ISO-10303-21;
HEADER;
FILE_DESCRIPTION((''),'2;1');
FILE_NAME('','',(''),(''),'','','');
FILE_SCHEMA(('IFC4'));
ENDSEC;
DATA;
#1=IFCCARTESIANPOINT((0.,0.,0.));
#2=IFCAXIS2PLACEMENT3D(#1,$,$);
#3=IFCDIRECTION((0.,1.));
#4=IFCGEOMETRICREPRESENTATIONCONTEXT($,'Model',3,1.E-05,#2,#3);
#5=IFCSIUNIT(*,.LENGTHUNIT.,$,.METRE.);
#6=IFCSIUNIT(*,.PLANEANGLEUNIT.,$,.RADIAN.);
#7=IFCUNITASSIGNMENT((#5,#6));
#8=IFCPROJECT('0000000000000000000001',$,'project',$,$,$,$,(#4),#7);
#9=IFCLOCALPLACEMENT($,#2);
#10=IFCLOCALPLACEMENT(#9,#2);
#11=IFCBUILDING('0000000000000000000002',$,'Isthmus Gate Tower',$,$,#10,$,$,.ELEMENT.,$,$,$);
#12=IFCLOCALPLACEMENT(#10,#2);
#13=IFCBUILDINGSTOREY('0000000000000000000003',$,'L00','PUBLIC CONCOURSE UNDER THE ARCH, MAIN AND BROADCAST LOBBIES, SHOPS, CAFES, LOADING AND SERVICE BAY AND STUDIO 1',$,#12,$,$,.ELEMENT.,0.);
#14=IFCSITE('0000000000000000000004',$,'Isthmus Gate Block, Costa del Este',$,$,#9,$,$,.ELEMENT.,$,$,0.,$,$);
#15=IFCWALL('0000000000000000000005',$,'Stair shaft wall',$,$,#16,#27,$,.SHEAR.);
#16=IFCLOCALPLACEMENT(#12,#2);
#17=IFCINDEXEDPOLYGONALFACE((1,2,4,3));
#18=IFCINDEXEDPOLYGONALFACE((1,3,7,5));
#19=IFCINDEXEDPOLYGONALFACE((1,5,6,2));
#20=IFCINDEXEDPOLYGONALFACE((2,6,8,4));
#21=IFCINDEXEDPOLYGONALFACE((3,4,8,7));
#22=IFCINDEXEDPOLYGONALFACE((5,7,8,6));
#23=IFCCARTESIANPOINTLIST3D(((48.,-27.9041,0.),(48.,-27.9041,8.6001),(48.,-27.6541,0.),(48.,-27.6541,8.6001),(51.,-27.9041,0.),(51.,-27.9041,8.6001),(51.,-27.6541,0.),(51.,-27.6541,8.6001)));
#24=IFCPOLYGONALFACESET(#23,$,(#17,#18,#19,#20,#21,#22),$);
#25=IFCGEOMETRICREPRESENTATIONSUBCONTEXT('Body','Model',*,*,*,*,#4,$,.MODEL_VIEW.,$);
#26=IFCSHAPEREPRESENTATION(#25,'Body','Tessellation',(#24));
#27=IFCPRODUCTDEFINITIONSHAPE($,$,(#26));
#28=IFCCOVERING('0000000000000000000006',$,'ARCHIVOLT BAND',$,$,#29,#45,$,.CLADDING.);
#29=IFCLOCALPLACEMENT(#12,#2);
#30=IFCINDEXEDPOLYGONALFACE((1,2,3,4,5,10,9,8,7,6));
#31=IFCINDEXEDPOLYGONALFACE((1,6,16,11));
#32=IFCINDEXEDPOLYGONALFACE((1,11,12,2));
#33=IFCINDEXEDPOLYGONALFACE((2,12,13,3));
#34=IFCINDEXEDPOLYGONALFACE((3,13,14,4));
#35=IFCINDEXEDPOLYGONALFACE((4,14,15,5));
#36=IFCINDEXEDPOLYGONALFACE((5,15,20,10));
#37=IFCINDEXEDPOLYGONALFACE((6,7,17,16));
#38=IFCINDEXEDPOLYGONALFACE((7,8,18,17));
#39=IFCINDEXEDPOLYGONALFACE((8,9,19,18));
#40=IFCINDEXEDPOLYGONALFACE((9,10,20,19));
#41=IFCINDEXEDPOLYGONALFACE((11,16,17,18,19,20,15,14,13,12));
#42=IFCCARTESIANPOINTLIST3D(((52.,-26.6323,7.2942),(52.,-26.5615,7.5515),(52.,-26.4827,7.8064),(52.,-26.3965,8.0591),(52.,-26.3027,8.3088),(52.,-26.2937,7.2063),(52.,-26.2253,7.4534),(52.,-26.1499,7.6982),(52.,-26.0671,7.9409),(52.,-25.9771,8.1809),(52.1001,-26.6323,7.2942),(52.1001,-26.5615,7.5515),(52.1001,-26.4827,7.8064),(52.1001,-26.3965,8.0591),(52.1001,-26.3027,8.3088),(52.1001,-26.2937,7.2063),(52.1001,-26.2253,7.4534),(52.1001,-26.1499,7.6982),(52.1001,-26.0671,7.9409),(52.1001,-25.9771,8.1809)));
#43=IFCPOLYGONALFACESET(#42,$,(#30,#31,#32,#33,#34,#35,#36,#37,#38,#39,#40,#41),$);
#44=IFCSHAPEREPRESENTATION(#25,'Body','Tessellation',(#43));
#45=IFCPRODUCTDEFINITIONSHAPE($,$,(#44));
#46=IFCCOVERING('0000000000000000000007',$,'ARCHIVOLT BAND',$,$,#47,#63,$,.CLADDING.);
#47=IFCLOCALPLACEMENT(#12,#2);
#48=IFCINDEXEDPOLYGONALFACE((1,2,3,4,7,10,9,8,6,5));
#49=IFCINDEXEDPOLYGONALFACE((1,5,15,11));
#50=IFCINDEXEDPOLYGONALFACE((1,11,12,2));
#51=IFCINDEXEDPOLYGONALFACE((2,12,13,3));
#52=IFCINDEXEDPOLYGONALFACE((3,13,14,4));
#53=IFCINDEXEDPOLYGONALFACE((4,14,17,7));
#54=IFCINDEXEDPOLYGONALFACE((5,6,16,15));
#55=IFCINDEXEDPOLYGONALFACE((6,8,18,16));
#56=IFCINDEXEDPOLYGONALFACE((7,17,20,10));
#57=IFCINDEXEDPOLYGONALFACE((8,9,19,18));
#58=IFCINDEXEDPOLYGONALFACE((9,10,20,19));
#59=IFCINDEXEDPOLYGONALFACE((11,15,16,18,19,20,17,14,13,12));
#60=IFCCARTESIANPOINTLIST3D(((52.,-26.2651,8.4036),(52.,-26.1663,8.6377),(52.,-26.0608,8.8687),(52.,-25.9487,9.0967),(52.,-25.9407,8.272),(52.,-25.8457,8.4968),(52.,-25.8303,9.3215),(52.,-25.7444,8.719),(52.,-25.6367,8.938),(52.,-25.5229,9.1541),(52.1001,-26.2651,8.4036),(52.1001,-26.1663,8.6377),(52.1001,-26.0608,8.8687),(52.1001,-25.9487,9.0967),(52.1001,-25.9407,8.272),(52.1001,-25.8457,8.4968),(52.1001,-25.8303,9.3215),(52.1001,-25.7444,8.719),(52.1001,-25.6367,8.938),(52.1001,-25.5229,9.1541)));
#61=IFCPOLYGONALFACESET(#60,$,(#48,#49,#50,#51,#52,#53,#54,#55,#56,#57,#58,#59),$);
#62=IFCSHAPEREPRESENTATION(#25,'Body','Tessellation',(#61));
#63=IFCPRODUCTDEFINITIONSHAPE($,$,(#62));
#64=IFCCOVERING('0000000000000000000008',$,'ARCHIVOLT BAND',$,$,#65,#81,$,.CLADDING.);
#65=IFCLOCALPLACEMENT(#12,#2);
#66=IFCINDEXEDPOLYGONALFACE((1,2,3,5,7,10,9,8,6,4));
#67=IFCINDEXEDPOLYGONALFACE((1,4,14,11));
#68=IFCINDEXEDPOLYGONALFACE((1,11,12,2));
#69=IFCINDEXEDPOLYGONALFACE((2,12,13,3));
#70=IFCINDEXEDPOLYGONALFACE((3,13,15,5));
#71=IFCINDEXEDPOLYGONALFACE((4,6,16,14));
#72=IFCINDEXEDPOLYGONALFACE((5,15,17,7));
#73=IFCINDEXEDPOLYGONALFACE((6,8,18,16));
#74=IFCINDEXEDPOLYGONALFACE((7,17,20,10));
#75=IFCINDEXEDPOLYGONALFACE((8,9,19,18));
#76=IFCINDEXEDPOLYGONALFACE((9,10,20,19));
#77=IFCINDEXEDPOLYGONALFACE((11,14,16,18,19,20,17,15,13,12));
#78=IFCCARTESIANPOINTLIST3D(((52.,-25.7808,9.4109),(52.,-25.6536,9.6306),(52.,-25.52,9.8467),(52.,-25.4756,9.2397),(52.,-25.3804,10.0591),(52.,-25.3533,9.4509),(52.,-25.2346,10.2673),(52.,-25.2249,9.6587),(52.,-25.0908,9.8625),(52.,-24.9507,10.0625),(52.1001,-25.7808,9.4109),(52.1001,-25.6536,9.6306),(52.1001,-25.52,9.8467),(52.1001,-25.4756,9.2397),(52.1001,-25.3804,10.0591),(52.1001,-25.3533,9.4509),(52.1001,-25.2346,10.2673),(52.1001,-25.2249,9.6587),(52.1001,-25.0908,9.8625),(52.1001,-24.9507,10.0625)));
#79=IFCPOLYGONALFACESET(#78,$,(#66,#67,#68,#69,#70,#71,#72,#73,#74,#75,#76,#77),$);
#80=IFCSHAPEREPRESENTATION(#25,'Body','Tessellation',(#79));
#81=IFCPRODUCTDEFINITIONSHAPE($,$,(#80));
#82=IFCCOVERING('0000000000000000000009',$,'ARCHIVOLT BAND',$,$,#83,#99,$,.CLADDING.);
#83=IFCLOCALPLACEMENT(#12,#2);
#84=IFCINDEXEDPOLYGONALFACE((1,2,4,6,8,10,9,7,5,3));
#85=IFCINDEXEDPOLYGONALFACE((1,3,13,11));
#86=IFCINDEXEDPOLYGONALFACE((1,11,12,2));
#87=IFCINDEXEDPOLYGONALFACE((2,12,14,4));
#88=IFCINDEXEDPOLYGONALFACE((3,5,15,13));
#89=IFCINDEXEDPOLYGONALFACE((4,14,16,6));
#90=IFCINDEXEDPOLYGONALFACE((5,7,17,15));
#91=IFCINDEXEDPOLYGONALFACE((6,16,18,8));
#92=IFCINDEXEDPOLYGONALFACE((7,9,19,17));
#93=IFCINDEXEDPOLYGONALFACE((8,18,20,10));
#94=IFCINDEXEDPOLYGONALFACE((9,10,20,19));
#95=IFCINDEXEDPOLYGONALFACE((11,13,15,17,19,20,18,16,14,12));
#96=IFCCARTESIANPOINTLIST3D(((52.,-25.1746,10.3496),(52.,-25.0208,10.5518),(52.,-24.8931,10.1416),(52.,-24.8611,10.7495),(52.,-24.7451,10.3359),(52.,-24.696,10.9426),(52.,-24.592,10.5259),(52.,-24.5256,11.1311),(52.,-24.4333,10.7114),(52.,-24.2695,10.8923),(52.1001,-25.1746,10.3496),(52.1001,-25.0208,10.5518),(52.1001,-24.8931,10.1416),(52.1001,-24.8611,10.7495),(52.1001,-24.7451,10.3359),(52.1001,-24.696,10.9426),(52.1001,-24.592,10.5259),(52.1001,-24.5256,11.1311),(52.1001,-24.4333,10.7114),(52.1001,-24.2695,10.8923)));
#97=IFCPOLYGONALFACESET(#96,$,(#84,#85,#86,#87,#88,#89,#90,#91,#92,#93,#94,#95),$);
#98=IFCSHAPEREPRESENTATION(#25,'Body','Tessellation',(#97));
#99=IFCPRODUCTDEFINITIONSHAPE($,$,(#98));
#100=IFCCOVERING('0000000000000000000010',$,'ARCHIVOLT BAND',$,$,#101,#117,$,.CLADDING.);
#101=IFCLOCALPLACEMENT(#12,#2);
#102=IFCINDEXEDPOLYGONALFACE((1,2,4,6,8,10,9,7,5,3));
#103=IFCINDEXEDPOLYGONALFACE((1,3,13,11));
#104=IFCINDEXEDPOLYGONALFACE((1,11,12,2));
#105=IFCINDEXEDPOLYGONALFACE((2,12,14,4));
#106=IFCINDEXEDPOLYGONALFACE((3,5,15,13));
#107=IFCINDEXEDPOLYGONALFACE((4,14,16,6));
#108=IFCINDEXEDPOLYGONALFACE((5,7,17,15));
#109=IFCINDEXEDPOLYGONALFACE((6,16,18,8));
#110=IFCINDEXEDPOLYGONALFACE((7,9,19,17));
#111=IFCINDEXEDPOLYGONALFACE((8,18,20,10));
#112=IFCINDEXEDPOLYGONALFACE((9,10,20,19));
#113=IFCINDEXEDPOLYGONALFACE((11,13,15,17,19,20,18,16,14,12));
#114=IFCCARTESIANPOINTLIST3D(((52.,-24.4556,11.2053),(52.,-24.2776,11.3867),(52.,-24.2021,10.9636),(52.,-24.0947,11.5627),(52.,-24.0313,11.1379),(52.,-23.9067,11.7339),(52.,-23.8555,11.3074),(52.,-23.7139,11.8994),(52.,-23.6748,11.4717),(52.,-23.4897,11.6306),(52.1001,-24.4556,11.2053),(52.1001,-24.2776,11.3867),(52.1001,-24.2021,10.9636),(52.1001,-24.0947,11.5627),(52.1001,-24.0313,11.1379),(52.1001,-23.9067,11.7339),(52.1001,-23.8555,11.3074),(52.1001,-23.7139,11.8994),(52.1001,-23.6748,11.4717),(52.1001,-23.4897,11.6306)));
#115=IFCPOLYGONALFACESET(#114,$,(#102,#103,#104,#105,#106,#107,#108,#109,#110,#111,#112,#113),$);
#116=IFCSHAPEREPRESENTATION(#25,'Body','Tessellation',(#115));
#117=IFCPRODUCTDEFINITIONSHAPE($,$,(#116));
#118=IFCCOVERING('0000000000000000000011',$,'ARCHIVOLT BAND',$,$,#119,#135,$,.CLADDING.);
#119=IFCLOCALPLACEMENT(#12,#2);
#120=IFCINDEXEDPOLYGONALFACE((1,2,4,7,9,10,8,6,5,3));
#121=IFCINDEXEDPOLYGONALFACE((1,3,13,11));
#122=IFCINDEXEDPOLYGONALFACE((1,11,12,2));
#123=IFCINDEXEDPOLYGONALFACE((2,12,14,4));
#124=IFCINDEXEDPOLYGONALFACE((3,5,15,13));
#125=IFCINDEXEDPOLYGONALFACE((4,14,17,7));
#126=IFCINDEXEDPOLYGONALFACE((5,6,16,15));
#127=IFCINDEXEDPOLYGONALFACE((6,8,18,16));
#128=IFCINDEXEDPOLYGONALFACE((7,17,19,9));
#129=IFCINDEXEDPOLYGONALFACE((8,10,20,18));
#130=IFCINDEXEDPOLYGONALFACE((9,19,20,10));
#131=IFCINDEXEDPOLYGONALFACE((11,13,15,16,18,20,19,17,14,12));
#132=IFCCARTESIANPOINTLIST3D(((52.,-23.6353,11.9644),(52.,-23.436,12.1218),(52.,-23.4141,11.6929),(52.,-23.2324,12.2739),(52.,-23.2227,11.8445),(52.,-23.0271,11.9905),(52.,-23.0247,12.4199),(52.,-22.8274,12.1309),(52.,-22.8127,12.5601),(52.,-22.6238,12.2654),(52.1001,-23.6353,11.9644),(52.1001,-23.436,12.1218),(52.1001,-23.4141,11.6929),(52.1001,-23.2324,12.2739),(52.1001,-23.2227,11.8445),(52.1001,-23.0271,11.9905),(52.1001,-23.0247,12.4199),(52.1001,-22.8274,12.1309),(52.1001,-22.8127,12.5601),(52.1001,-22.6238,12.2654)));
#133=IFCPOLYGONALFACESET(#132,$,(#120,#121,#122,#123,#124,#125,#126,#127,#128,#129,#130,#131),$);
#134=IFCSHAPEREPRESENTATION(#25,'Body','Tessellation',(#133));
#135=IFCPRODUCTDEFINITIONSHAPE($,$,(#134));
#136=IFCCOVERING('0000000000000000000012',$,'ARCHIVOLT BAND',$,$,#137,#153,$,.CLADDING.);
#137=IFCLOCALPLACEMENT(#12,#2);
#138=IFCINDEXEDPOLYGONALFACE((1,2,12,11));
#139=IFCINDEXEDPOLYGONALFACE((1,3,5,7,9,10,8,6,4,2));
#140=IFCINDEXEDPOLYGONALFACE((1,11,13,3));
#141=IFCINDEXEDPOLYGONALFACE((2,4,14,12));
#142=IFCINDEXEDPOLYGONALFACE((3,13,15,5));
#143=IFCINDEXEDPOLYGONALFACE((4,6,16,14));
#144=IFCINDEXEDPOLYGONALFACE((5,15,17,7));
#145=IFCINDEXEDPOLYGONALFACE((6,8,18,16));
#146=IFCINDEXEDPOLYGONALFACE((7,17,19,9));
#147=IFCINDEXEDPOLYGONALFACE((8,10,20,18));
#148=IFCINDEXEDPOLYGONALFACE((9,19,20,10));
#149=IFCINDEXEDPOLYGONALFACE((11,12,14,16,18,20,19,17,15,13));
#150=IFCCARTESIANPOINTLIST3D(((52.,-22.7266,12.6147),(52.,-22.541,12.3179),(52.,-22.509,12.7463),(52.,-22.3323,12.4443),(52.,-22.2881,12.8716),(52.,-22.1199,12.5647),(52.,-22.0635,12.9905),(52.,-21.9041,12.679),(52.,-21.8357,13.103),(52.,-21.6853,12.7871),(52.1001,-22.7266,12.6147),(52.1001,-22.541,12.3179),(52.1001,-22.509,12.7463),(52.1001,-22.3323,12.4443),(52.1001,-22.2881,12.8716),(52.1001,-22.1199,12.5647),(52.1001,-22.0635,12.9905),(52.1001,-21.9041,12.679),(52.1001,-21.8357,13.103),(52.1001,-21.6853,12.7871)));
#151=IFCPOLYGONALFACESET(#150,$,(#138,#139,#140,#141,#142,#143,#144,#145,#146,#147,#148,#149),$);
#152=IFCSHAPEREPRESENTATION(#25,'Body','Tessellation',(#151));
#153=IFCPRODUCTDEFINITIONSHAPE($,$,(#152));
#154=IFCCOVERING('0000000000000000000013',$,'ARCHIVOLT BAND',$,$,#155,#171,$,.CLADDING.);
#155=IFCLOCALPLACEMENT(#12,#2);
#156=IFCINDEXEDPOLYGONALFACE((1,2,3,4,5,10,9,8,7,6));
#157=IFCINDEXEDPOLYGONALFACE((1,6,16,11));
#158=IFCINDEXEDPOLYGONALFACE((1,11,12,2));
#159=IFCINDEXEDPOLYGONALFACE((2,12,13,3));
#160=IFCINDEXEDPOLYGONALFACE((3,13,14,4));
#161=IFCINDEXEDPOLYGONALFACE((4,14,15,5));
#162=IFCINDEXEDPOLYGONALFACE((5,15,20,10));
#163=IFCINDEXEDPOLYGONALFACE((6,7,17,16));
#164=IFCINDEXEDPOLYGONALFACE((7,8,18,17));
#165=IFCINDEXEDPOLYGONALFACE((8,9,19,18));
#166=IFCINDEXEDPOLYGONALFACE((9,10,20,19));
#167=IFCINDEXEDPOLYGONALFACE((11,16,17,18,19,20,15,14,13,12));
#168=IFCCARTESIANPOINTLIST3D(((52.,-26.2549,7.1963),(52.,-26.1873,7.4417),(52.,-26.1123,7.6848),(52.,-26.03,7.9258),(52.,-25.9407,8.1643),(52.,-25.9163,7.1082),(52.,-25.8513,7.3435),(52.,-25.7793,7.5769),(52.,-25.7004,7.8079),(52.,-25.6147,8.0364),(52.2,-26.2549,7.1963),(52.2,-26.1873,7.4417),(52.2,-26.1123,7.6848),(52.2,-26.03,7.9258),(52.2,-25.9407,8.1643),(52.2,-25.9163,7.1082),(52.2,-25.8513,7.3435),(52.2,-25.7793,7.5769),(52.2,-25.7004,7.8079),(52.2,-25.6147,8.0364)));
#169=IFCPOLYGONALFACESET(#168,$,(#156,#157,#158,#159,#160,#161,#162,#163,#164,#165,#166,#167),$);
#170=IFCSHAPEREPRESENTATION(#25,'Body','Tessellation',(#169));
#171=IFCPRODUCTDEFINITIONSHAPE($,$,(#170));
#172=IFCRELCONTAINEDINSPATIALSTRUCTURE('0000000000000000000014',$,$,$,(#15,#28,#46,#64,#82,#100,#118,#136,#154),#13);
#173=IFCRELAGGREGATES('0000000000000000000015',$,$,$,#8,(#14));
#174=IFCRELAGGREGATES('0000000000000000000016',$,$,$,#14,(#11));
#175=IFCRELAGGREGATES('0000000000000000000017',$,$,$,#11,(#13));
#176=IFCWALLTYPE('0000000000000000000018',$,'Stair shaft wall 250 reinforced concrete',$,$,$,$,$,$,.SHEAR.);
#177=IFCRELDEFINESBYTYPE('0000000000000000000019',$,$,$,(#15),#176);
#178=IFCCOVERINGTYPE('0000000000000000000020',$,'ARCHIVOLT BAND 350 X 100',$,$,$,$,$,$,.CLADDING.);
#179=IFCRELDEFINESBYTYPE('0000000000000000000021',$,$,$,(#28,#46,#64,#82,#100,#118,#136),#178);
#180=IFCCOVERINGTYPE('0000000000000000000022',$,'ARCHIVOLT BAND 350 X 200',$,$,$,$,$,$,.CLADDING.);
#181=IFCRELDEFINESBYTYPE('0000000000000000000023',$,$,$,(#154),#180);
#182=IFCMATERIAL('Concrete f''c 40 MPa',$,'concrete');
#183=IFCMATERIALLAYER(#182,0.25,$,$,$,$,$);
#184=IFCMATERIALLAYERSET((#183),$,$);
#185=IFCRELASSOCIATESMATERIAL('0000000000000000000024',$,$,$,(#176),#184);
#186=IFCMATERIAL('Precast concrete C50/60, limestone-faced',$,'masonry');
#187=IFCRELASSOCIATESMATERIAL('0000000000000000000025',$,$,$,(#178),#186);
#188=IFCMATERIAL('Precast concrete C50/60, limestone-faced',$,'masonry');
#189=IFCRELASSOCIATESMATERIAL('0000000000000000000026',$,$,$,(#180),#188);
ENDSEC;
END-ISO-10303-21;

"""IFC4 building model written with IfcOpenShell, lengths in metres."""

from ifc_helpers import new_model, si_unit, direction, frame, frame_2d, origin, place, context, subcontext, project, spatial, polyline, rectangle, outline, extrude, material, layer, layer_set, type_object, element, save


model = new_model("IFC4")

# Units and contexts
model_context = context("Model", 3, precision=1e-05, world=origin(), true_north=direction((0.0, 1.0)))
body_context = subcontext(model_context, "Body", "Model", "MODEL_VIEW")
ifc_project = project(units=[si_unit("LENGTHUNIT", "METRE"), si_unit("PLANEANGLEUNIT", "RADIAN")], contexts=[model_context])

# Site, building, storey
site_placement = place(None, origin())
site = spatial("IfcSite", under=ifc_project, at=site_placement, Name="Isthmus Gate Block, Costa del Este", CompositionType="ELEMENT", RefElevation=0.0)
building_placement = place(site_placement, origin())
building = spatial("IfcBuilding", under=site, at=building_placement, Name="Isthmus Gate Tower", CompositionType="ELEMENT")
storey_placement = place(building_placement, origin())
storey = spatial("IfcBuildingStorey", under=building, at=storey_placement, Name="L00", Description="PUBLIC CONCOURSE UNDER THE ARCH, MAIN AND BROADCAST LOBBIES, SHOPS, CAFES, LOADING AND SERVICE BAY AND STUDIO 1", CompositionType="ELEMENT", Elevation=0.0)

# Wall
ifc_material_1 = material(Name="Concrete f'c 40 MPa", Category="concrete")
ifc_layer_1 = layer(ifc_material_1, 0.25)
ifc_layer_set_1 = layer_set([ifc_layer_1])
wall_type = type_object("IfcWallType", Name="Stair shaft wall 250 reinforced concrete", PredefinedType="SHEAR", material=ifc_layer_set_1)
wall_placement = place(storey_placement, frame((48.0, -27.7791, 0.0), z_axis=(0.0, 0.0, 1.0), x_axis=(1.0, 0.0, 0.0)))
element("IfcWall", 1, at=wall_placement, inside=storey, type_object=wall_type, Name="Stair shaft wall", PredefinedType="SHEAR", context=body_context, shape_type="SweptSolid", body=[
    extrude(rectangle(XDim=3.0, YDim=0.25, at=frame_2d((1.5, 0.0))), origin(), (0.0, 0.0, 1.0), 8.6001),
])

# Coverings
ifc_material_2 = material(Name="Precast concrete C50/60, limestone-faced", Category="masonry")
covering_type_1 = type_object("IfcCoveringType", Name="ARCHIVOLT BAND 350 X 100", PredefinedType="CLADDING", material=ifc_material_2)
covering_1_placement = place(storey_placement, frame((52.1001, -26.2937, 7.2063), z_axis=(1.0, 0.0, 0.0), x_axis=(0.0, 0.266661, 0.96379)))
element("IfcCovering", 2, at=covering_1_placement, inside=storey, type_object=covering_type_1, Name="ARCHIVOLT BAND", PredefinedType="CLADDING", context=body_context, shape_type="SweptSolid", body=[
    extrude(outline(polyline([(0.0, 0.0), (0.2564, 0.0), (0.5125, -0.0074), (0.7684, -0.0225), (1.0238, -0.0453), (1.0602, 0.3027), (0.7945, 0.3265), (0.528, 0.3421), (0.2613, 0.3502), (-0.0056, 0.3498), (0.0, 0.0)])), origin(), (0.0, 0.0, -1.0), 0.1001),
])
covering_2_placement = place(storey_placement, frame((52.1001, -25.9407, 8.272), z_axis=(1.0, 0.0, 0.0), x_axis=(0.0, 0.389085, 0.921202)))
element("IfcCovering", 3, at=covering_2_placement, inside=storey, type_object=covering_type_1, Name="ARCHIVOLT BAND", PredefinedType="CLADDING", context=body_context, shape_type="SweptSolid", body=[
    extrude(outline(polyline([(0.0, 0.0), (0.2441, 0.0), (0.4882, -0.0069), (0.7318, -0.0209), (0.9751, -0.0416), (1.0098, 0.3067), (0.7566, 0.3283), (0.5029, 0.3428), (0.2491, 0.3501), (-0.005, 0.3501), (0.0, 0.0)])), origin(), (0.0, 0.0, -1.0), 0.1001),
])
covering_3_placement = place(storey_placement, frame((52.1001, -25.4756, 9.2397), z_axis=(1.0, 0.0, 0.0), x_axis=(0.0, 0.501194, 0.865335)))
element("IfcCovering", 4, at=covering_3_placement, inside=storey, type_object=covering_type_1, Name="ARCHIVOLT BAND", PredefinedType="CLADDING", context=body_context, shape_type="SweptSolid", body=[
    extrude(outline(polyline([(0.0, 0.0), (0.244, 0.0), (0.4882, -0.007), (0.7318, -0.0208), (0.975, -0.0419), (1.01, 0.3065), (0.7567, 0.3283), (0.5029, 0.3426), (0.249, 0.3499), (-0.0049, 0.3499), (0.0, 0.0)])), origin(), (0.0, 0.0, -1.0), 0.1001),
])
covering_4_placement = place(storey_placement, frame((52.1001, -24.8931, 10.1416), z_axis=(1.0, 0.0, 0.0), x_axis=(0.0, 0.605742, 0.795661)))
element("IfcCovering", 5, at=covering_4_placement, inside=storey, type_object=covering_type_1, Name="ARCHIVOLT BAND", PredefinedType="CLADDING", context=body_context, shape_type="SweptSolid", body=[
    extrude(outline(polyline([(0.0, 0.0), (0.2442, 0.0), (0.4881, -0.0067), (0.7319, -0.0206), (0.975, -0.0414), (1.0099, 0.307), (0.7567, 0.3285), (0.5031, 0.3428), (0.249, 0.35), (-0.005, 0.35), (0.0, 0.0)])), origin(), (0.0, 0.0, -1.0), 0.1001),
])
covering_5_placement = place(storey_placement, frame((52.1001, -24.2021, 10.9636), z_axis=(1.0, 0.0, 0.0), x_axis=(0.0, 0.700071, 0.714073)))
element("IfcCovering", 6, at=covering_5_placement, inside=storey, type_object=covering_type_1, Name="ARCHIVOLT BAND", PredefinedType="CLADDING", context=body_context, shape_type="SweptSolid", body=[
    extrude(outline(polyline([(0.0, 0.0), (0.2441, 0.0), (0.4882, -0.0069), (0.732, -0.0209), (0.975, -0.0418), (1.0101, 0.3065), (0.7568, 0.3283), (0.503, 0.3427), (0.2493, 0.3501), (-0.0048, 0.3502), (0.0, 0.0)])), origin(), (0.0, 0.0, -1.0), 0.1001),
])
covering_6_placement = place(storey_placement, frame((52.1001, -23.4141, 11.6929), z_axis=(1.0, 0.0, 0.0), x_axis=(0.0, 0.783884, 0.620908)))
element("IfcCovering", 7, at=covering_6_placement, inside=storey, type_object=covering_type_1, Name="ARCHIVOLT BAND", PredefinedType="CLADDING", context=body_context, shape_type="SweptSolid", body=[
    extrude(outline(polyline([(0.0, 0.0), (0.2442, 0.0), (0.4881, -0.007), (0.7318, -0.0209), (0.975, -0.0419), (1.0098, 0.3064), (0.7567, 0.3281), (0.5032, 0.3427), (0.2491, 0.3499), (-0.0048, 0.3502), (0.0, 0.0)])), origin(), (0.0, 0.0, -1.0), 0.1001),
])
covering_7_placement = place(storey_placement, frame((52.1001, -22.541, 12.3179), z_axis=(1.0, 0.0, 0.0), x_axis=(0.0, 0.855278, 0.518169)))
element("IfcCovering", 8, at=covering_7_placement, inside=storey, type_object=covering_type_1, Name="ARCHIVOLT BAND", PredefinedType="CLADDING", context=body_context, shape_type="SweptSolid", body=[
    extrude(outline(polyline([(0.0, 0.0), (0.2441, 0.0), (0.4881, -0.0071), (0.7319, -0.0212), (0.975, -0.0421), (1.0101, 0.3061), (0.757, 0.3278), (0.5032, 0.3425), (0.2494, 0.3499), (-0.0049, 0.3501), (0.0, 0.0)])), origin(), (0.0, 0.0, -1.0), 0.1001),
])
ifc_material_3 = material(Name="Precast concrete C50/60, limestone-faced", Category="masonry")
covering_type_2 = type_object("IfcCoveringType", Name="ARCHIVOLT BAND 350 X 200", PredefinedType="CLADDING", material=ifc_material_3)
covering_8_placement = place(storey_placement, frame((52.2, -25.9163, 7.1082), z_axis=(1.0, 0.0, 0.0), x_axis=(0.0, 0.265993, 0.963975)))
element("IfcCovering", 9, at=covering_8_placement, inside=storey, type_object=covering_type_2, Name="ARCHIVOLT BAND", PredefinedType="CLADDING", context=body_context, shape_type="SweptSolid", body=[
    extrude(outline(polyline([(0.0, 0.0), (0.2441, 0.0), (0.4883, -0.0073), (0.7319, -0.0219), (0.975, -0.0438), (1.0116, 0.3045), (0.7579, 0.3272), (0.5037, 0.3424), (0.2494, 0.3499), (-0.0051, 0.3499), (0.0, 0.0)])), origin(), (0.0, 0.0, -1.0), 0.2),
])

save(model, "model.ifc")
